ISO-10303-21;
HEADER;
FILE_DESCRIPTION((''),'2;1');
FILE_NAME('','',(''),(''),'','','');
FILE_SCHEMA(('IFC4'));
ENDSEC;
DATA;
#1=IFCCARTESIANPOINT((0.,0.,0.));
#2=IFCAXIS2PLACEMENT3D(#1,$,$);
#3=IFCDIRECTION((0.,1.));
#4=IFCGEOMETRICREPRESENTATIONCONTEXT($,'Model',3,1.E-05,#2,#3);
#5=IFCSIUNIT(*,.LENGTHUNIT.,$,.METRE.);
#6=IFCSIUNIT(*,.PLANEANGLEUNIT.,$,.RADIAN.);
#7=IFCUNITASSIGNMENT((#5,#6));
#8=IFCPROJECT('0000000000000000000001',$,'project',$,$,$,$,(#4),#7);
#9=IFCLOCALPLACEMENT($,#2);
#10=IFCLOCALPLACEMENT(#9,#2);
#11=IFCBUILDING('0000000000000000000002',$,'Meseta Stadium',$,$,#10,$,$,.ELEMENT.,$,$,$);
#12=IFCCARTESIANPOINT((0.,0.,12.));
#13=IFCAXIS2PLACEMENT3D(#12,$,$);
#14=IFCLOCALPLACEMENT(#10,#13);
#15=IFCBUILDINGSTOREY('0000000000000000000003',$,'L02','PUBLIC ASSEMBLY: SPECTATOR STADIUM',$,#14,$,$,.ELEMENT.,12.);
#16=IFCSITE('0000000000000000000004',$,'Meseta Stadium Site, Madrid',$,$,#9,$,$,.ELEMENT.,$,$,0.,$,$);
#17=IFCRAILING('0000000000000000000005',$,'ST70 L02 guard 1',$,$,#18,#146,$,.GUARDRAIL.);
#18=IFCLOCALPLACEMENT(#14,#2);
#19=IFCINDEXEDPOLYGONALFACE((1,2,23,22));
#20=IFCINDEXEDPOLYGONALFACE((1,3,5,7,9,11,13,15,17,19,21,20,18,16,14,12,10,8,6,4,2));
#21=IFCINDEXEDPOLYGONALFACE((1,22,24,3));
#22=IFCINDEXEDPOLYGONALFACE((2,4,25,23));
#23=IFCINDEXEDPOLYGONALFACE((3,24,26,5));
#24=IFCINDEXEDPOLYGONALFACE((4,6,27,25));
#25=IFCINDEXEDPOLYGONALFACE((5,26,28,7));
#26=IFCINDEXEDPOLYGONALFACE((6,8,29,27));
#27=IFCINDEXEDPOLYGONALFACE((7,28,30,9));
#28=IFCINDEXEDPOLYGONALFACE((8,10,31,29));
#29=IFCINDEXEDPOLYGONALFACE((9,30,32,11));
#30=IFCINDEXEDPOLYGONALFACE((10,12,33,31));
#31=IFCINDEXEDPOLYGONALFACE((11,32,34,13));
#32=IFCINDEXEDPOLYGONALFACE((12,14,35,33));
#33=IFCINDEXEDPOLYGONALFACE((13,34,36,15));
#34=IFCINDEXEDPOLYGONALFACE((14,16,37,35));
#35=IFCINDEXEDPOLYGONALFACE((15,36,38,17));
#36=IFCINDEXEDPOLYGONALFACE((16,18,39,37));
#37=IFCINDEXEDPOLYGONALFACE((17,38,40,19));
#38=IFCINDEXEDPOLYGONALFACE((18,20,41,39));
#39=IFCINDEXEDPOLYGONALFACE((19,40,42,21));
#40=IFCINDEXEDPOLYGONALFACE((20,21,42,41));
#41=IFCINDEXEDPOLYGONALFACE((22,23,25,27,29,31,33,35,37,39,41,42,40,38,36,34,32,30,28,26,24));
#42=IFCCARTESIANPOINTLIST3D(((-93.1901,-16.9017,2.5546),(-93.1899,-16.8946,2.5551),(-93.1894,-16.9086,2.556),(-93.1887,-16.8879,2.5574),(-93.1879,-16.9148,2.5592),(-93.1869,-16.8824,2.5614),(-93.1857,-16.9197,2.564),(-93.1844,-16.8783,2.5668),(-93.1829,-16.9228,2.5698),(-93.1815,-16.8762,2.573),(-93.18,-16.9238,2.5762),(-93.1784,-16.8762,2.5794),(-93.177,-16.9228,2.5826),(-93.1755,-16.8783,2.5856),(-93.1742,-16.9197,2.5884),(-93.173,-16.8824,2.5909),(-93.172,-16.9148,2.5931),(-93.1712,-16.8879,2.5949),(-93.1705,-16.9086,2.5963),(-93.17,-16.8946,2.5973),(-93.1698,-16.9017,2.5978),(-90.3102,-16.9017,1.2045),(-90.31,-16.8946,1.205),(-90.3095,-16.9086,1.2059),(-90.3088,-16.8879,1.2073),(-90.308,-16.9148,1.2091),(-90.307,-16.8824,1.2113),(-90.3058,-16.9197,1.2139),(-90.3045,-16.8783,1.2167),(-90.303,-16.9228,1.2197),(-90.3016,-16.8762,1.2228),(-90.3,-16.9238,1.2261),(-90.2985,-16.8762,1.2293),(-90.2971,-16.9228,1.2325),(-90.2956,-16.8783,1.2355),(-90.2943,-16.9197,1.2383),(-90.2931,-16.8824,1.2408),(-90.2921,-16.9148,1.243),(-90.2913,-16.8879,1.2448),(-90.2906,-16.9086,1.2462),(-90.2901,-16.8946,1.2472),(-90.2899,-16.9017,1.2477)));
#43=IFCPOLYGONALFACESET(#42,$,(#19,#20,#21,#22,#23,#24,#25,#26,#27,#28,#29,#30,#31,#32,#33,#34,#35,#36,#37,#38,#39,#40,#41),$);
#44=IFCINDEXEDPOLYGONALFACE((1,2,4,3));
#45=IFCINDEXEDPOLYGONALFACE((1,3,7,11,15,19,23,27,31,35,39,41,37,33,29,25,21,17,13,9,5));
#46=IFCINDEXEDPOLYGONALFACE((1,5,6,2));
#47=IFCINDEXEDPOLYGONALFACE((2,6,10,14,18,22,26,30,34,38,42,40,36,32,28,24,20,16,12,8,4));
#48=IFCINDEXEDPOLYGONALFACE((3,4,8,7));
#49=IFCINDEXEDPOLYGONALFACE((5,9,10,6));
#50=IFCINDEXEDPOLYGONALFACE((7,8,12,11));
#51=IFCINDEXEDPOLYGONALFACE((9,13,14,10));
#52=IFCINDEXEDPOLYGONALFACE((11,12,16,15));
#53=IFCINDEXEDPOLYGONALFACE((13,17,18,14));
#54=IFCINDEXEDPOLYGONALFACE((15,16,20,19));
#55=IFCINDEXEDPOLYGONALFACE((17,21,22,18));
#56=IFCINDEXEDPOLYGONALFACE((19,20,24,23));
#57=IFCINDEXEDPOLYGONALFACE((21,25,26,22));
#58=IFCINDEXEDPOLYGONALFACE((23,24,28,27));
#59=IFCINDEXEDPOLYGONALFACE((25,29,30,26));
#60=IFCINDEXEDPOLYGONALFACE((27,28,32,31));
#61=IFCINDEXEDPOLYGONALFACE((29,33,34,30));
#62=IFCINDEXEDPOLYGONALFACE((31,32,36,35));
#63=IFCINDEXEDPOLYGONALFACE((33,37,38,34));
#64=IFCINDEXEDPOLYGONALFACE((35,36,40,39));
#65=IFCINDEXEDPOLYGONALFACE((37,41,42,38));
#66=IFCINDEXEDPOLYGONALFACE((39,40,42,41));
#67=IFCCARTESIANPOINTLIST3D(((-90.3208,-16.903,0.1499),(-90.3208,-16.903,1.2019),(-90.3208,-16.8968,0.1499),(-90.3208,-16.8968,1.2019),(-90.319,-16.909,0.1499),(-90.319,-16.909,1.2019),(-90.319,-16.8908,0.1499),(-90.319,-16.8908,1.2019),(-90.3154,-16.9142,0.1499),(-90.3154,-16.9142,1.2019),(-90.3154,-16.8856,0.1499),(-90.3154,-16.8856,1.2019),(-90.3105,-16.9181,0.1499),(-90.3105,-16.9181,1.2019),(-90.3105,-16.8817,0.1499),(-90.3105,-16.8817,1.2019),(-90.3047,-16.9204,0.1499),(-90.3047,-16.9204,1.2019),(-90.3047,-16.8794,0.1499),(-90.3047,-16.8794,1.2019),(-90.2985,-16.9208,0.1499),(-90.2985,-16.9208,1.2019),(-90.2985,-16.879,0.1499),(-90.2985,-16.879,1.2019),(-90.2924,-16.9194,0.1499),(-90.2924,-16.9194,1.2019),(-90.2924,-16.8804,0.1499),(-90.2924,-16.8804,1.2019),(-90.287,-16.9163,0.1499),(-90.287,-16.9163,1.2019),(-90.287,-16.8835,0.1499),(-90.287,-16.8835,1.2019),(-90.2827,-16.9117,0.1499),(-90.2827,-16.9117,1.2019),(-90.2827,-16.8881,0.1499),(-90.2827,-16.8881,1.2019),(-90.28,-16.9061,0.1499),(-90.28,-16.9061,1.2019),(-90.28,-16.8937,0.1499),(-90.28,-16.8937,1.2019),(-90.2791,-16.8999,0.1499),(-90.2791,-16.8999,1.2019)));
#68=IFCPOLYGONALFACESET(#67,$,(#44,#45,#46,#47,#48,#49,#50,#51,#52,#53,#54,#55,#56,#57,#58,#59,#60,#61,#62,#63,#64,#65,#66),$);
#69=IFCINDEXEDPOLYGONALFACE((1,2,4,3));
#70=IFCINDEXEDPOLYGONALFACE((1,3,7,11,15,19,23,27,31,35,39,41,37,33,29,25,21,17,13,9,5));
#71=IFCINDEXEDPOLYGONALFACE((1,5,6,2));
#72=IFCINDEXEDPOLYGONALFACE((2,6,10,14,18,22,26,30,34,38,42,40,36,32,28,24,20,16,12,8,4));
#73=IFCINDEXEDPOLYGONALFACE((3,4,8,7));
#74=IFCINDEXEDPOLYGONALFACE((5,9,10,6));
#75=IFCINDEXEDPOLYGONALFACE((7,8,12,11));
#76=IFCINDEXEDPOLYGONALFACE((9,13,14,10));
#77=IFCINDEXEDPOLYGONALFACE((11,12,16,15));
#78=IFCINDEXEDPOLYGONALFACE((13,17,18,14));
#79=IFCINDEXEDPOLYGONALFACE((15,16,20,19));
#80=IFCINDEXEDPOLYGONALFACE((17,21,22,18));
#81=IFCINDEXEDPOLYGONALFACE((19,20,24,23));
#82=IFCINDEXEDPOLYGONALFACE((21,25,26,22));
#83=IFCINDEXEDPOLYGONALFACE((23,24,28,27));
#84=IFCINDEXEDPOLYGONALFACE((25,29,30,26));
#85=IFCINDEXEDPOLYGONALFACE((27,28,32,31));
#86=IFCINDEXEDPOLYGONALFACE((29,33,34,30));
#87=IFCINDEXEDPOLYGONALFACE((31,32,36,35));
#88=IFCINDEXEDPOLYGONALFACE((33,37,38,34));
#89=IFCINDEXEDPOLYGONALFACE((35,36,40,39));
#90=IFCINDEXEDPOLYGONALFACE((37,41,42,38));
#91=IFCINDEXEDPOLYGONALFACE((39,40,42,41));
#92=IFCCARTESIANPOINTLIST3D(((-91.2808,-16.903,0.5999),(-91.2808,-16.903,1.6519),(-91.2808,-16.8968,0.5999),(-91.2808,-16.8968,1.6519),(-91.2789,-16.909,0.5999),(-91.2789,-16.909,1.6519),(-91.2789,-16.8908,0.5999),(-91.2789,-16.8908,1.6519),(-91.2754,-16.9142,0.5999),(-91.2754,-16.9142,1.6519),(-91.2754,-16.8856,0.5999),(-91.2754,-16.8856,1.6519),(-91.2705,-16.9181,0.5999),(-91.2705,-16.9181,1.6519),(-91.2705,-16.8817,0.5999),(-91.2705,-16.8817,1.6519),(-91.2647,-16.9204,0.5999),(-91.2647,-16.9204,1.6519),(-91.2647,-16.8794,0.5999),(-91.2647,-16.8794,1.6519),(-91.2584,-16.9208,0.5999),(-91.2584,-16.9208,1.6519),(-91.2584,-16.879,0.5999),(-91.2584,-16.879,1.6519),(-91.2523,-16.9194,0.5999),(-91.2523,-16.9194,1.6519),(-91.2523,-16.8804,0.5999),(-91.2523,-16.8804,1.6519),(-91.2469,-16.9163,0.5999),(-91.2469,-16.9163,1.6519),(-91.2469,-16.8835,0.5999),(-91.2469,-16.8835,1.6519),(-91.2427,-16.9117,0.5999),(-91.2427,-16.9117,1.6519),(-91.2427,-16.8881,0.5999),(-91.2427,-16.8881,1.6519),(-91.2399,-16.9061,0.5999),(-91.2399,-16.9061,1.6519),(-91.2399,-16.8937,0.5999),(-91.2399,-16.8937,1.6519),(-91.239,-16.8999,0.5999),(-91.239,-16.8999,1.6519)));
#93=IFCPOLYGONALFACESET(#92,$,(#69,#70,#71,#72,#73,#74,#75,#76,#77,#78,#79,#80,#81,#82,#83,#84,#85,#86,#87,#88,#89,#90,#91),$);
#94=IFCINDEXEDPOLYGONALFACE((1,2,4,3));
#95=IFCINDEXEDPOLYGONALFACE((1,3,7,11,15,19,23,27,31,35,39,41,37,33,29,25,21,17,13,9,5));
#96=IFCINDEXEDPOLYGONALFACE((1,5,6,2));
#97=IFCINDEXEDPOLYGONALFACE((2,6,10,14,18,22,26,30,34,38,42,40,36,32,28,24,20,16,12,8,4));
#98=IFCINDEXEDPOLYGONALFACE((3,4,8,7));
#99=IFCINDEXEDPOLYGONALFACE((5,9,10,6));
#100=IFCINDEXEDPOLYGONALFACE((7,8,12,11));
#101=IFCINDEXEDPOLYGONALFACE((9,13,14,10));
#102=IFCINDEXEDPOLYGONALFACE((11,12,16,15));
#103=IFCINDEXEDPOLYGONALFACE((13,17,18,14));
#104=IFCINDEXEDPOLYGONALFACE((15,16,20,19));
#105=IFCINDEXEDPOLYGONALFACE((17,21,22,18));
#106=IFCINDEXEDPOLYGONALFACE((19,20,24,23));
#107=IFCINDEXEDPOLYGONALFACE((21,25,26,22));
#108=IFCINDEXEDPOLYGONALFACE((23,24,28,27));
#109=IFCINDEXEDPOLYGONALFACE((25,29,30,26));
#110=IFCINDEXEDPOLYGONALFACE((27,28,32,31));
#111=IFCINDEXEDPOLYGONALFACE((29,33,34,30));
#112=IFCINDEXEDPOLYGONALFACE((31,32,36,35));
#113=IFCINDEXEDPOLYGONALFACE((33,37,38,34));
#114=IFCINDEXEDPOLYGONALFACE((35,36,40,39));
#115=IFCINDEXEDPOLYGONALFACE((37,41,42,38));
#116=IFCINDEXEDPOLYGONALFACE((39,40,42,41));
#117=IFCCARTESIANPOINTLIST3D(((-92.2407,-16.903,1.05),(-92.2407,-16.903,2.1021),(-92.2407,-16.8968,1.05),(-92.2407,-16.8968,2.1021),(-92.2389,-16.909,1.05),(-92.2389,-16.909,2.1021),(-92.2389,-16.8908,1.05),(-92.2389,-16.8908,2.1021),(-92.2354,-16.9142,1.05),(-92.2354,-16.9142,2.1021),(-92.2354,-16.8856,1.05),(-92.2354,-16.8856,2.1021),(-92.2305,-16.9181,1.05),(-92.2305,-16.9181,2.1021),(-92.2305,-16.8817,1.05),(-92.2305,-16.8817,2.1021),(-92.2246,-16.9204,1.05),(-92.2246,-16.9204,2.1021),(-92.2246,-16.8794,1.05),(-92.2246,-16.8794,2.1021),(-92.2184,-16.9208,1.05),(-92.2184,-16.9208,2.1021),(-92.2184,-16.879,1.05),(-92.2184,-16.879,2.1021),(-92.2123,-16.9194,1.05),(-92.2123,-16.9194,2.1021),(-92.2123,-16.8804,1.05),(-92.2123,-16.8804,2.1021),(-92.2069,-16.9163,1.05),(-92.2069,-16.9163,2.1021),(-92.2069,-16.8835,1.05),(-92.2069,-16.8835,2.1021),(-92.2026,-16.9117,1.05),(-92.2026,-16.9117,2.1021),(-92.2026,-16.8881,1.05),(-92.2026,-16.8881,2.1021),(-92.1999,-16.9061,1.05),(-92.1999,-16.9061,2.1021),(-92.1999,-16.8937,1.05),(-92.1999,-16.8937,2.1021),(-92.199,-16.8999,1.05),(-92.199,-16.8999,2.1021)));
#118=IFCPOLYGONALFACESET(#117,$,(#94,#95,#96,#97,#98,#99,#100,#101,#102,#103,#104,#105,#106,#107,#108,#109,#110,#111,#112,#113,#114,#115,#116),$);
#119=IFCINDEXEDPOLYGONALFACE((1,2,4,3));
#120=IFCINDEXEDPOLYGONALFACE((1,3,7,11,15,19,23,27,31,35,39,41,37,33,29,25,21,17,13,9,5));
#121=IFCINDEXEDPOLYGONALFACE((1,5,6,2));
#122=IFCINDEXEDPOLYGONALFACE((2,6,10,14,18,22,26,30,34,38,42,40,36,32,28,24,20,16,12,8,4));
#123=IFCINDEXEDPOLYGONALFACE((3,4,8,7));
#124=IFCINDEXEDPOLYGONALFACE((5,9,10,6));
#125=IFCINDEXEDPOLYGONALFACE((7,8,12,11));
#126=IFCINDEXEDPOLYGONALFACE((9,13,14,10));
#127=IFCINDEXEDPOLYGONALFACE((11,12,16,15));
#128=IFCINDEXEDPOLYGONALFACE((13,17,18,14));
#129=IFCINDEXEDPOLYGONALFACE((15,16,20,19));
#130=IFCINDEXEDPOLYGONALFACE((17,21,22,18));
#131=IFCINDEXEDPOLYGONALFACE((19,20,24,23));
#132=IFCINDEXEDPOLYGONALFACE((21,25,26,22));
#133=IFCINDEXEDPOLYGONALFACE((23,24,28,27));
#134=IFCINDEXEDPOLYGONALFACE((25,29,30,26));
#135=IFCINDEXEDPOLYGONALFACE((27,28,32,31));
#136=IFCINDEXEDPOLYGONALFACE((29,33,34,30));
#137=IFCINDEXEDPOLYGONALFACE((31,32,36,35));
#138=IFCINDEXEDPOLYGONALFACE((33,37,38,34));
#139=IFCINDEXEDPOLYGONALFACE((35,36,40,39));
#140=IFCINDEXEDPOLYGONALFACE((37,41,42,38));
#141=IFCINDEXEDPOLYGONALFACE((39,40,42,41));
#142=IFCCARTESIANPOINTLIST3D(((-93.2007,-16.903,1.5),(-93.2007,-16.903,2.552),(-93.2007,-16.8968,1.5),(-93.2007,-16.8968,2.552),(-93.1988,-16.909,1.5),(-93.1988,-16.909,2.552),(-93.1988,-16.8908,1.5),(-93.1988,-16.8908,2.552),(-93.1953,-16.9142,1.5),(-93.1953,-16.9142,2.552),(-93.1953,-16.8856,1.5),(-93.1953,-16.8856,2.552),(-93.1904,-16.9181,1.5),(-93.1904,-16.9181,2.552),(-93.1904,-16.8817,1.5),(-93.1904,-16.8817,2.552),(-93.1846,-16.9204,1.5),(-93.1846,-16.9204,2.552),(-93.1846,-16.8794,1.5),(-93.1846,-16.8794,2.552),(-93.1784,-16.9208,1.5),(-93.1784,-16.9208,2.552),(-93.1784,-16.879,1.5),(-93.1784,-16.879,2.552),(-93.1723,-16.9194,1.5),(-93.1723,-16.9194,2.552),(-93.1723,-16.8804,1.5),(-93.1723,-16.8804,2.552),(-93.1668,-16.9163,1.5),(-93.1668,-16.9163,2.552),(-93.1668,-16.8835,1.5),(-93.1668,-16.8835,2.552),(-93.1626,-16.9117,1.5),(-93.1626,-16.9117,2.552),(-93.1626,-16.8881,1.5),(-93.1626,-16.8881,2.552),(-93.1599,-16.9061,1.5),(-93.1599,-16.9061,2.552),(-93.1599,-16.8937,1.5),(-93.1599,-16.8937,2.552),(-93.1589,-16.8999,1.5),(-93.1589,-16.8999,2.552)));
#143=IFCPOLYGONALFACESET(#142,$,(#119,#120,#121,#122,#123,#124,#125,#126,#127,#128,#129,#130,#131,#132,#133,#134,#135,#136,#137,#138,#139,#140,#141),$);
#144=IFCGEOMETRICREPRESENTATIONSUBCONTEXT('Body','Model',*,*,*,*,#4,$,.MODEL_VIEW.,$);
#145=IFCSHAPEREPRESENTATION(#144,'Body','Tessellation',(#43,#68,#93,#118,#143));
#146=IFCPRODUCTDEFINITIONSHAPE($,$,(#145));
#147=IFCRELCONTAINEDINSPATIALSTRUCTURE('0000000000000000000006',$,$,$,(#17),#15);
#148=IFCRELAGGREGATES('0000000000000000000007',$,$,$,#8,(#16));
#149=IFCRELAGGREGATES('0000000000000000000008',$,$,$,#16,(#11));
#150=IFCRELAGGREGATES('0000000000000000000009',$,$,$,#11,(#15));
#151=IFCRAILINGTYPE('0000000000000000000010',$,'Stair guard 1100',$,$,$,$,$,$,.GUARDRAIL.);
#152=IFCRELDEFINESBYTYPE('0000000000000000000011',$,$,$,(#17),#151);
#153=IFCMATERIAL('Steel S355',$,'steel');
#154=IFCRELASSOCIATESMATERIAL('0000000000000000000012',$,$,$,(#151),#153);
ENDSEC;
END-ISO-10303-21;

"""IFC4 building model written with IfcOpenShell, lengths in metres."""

from ifc_helpers import new_model, si_unit, direction, frame, origin, origin_2d, place, context, subcontext, project, spatial, circle, extrude, material, type_object, element, save


model = new_model("IFC4")

# Units and contexts
model_context = context("Model", 3, precision=1e-05, world=origin(), true_north=direction((0.0, 1.0)))
body_context = subcontext(model_context, "Body", "Model", "MODEL_VIEW")
ifc_project = project(units=[si_unit("LENGTHUNIT", "METRE"), si_unit("PLANEANGLEUNIT", "RADIAN")], contexts=[model_context])

# Site, building, storey
site_placement = place(None, origin())
site = spatial("IfcSite", under=ifc_project, at=site_placement, Name="Meseta Stadium Site, Madrid", CompositionType="ELEMENT", RefElevation=0.0)
building_placement = place(site_placement, origin())
building = spatial("IfcBuilding", under=site, at=building_placement, Name="Meseta Stadium", CompositionType="ELEMENT")
storey_placement = place(building_placement, frame((0.0, 0.0, 12.0)))
storey = spatial("IfcBuildingStorey", under=building, at=storey_placement, Name="L02", Description="PUBLIC ASSEMBLY: SPECTATOR STADIUM", CompositionType="ELEMENT", Elevation=12.0)

# Railing
ifc_material_1 = material(Name="Steel S355", Category="steel")
railing_type_1 = type_object("IfcRailingType", Name="Stair guard 1100", PredefinedType="GUARDRAIL", material=ifc_material_1)
railing_1_placement = place(storey_placement, frame((-90.3, -16.8999, 0.1499)))
element("IfcRailing", 1, at=railing_1_placement, inside=storey, type_object=railing_type_1, Name="ST70 L02 guard 1", PredefinedType="GUARDRAIL", context=body_context, shape_type="SweptSolid", body=[
    extrude(circle(Radius=0.0239, at=origin_2d()), frame((0.0, 0.0, 1.0762), z_axis=(-0.90544, 0.0, 0.424473), x_axis=(0.0, -1.0, 0.0)), (0.0, 0.0, 1.0), 3.1807),
    extrude(circle(Radius=0.021, at=origin_2d()), origin(), (0.0, 0.0, 1.0), 1.052),
    extrude(circle(Radius=0.021, at=origin_2d()), frame((-0.96, 0.0, 0.45)), (0.0, 0.0, 1.0), 1.052),
    extrude(circle(Radius=0.021, at=origin_2d()), frame((-1.9199, 0.0, 0.9001)), (0.0, 0.0, 1.0), 1.052),
    extrude(circle(Radius=0.021, at=origin_2d()), frame((-2.8799, 0.0, 1.3501)), (0.0, 0.0, 1.0), 1.052),
])

save(model, "model.ifc")
